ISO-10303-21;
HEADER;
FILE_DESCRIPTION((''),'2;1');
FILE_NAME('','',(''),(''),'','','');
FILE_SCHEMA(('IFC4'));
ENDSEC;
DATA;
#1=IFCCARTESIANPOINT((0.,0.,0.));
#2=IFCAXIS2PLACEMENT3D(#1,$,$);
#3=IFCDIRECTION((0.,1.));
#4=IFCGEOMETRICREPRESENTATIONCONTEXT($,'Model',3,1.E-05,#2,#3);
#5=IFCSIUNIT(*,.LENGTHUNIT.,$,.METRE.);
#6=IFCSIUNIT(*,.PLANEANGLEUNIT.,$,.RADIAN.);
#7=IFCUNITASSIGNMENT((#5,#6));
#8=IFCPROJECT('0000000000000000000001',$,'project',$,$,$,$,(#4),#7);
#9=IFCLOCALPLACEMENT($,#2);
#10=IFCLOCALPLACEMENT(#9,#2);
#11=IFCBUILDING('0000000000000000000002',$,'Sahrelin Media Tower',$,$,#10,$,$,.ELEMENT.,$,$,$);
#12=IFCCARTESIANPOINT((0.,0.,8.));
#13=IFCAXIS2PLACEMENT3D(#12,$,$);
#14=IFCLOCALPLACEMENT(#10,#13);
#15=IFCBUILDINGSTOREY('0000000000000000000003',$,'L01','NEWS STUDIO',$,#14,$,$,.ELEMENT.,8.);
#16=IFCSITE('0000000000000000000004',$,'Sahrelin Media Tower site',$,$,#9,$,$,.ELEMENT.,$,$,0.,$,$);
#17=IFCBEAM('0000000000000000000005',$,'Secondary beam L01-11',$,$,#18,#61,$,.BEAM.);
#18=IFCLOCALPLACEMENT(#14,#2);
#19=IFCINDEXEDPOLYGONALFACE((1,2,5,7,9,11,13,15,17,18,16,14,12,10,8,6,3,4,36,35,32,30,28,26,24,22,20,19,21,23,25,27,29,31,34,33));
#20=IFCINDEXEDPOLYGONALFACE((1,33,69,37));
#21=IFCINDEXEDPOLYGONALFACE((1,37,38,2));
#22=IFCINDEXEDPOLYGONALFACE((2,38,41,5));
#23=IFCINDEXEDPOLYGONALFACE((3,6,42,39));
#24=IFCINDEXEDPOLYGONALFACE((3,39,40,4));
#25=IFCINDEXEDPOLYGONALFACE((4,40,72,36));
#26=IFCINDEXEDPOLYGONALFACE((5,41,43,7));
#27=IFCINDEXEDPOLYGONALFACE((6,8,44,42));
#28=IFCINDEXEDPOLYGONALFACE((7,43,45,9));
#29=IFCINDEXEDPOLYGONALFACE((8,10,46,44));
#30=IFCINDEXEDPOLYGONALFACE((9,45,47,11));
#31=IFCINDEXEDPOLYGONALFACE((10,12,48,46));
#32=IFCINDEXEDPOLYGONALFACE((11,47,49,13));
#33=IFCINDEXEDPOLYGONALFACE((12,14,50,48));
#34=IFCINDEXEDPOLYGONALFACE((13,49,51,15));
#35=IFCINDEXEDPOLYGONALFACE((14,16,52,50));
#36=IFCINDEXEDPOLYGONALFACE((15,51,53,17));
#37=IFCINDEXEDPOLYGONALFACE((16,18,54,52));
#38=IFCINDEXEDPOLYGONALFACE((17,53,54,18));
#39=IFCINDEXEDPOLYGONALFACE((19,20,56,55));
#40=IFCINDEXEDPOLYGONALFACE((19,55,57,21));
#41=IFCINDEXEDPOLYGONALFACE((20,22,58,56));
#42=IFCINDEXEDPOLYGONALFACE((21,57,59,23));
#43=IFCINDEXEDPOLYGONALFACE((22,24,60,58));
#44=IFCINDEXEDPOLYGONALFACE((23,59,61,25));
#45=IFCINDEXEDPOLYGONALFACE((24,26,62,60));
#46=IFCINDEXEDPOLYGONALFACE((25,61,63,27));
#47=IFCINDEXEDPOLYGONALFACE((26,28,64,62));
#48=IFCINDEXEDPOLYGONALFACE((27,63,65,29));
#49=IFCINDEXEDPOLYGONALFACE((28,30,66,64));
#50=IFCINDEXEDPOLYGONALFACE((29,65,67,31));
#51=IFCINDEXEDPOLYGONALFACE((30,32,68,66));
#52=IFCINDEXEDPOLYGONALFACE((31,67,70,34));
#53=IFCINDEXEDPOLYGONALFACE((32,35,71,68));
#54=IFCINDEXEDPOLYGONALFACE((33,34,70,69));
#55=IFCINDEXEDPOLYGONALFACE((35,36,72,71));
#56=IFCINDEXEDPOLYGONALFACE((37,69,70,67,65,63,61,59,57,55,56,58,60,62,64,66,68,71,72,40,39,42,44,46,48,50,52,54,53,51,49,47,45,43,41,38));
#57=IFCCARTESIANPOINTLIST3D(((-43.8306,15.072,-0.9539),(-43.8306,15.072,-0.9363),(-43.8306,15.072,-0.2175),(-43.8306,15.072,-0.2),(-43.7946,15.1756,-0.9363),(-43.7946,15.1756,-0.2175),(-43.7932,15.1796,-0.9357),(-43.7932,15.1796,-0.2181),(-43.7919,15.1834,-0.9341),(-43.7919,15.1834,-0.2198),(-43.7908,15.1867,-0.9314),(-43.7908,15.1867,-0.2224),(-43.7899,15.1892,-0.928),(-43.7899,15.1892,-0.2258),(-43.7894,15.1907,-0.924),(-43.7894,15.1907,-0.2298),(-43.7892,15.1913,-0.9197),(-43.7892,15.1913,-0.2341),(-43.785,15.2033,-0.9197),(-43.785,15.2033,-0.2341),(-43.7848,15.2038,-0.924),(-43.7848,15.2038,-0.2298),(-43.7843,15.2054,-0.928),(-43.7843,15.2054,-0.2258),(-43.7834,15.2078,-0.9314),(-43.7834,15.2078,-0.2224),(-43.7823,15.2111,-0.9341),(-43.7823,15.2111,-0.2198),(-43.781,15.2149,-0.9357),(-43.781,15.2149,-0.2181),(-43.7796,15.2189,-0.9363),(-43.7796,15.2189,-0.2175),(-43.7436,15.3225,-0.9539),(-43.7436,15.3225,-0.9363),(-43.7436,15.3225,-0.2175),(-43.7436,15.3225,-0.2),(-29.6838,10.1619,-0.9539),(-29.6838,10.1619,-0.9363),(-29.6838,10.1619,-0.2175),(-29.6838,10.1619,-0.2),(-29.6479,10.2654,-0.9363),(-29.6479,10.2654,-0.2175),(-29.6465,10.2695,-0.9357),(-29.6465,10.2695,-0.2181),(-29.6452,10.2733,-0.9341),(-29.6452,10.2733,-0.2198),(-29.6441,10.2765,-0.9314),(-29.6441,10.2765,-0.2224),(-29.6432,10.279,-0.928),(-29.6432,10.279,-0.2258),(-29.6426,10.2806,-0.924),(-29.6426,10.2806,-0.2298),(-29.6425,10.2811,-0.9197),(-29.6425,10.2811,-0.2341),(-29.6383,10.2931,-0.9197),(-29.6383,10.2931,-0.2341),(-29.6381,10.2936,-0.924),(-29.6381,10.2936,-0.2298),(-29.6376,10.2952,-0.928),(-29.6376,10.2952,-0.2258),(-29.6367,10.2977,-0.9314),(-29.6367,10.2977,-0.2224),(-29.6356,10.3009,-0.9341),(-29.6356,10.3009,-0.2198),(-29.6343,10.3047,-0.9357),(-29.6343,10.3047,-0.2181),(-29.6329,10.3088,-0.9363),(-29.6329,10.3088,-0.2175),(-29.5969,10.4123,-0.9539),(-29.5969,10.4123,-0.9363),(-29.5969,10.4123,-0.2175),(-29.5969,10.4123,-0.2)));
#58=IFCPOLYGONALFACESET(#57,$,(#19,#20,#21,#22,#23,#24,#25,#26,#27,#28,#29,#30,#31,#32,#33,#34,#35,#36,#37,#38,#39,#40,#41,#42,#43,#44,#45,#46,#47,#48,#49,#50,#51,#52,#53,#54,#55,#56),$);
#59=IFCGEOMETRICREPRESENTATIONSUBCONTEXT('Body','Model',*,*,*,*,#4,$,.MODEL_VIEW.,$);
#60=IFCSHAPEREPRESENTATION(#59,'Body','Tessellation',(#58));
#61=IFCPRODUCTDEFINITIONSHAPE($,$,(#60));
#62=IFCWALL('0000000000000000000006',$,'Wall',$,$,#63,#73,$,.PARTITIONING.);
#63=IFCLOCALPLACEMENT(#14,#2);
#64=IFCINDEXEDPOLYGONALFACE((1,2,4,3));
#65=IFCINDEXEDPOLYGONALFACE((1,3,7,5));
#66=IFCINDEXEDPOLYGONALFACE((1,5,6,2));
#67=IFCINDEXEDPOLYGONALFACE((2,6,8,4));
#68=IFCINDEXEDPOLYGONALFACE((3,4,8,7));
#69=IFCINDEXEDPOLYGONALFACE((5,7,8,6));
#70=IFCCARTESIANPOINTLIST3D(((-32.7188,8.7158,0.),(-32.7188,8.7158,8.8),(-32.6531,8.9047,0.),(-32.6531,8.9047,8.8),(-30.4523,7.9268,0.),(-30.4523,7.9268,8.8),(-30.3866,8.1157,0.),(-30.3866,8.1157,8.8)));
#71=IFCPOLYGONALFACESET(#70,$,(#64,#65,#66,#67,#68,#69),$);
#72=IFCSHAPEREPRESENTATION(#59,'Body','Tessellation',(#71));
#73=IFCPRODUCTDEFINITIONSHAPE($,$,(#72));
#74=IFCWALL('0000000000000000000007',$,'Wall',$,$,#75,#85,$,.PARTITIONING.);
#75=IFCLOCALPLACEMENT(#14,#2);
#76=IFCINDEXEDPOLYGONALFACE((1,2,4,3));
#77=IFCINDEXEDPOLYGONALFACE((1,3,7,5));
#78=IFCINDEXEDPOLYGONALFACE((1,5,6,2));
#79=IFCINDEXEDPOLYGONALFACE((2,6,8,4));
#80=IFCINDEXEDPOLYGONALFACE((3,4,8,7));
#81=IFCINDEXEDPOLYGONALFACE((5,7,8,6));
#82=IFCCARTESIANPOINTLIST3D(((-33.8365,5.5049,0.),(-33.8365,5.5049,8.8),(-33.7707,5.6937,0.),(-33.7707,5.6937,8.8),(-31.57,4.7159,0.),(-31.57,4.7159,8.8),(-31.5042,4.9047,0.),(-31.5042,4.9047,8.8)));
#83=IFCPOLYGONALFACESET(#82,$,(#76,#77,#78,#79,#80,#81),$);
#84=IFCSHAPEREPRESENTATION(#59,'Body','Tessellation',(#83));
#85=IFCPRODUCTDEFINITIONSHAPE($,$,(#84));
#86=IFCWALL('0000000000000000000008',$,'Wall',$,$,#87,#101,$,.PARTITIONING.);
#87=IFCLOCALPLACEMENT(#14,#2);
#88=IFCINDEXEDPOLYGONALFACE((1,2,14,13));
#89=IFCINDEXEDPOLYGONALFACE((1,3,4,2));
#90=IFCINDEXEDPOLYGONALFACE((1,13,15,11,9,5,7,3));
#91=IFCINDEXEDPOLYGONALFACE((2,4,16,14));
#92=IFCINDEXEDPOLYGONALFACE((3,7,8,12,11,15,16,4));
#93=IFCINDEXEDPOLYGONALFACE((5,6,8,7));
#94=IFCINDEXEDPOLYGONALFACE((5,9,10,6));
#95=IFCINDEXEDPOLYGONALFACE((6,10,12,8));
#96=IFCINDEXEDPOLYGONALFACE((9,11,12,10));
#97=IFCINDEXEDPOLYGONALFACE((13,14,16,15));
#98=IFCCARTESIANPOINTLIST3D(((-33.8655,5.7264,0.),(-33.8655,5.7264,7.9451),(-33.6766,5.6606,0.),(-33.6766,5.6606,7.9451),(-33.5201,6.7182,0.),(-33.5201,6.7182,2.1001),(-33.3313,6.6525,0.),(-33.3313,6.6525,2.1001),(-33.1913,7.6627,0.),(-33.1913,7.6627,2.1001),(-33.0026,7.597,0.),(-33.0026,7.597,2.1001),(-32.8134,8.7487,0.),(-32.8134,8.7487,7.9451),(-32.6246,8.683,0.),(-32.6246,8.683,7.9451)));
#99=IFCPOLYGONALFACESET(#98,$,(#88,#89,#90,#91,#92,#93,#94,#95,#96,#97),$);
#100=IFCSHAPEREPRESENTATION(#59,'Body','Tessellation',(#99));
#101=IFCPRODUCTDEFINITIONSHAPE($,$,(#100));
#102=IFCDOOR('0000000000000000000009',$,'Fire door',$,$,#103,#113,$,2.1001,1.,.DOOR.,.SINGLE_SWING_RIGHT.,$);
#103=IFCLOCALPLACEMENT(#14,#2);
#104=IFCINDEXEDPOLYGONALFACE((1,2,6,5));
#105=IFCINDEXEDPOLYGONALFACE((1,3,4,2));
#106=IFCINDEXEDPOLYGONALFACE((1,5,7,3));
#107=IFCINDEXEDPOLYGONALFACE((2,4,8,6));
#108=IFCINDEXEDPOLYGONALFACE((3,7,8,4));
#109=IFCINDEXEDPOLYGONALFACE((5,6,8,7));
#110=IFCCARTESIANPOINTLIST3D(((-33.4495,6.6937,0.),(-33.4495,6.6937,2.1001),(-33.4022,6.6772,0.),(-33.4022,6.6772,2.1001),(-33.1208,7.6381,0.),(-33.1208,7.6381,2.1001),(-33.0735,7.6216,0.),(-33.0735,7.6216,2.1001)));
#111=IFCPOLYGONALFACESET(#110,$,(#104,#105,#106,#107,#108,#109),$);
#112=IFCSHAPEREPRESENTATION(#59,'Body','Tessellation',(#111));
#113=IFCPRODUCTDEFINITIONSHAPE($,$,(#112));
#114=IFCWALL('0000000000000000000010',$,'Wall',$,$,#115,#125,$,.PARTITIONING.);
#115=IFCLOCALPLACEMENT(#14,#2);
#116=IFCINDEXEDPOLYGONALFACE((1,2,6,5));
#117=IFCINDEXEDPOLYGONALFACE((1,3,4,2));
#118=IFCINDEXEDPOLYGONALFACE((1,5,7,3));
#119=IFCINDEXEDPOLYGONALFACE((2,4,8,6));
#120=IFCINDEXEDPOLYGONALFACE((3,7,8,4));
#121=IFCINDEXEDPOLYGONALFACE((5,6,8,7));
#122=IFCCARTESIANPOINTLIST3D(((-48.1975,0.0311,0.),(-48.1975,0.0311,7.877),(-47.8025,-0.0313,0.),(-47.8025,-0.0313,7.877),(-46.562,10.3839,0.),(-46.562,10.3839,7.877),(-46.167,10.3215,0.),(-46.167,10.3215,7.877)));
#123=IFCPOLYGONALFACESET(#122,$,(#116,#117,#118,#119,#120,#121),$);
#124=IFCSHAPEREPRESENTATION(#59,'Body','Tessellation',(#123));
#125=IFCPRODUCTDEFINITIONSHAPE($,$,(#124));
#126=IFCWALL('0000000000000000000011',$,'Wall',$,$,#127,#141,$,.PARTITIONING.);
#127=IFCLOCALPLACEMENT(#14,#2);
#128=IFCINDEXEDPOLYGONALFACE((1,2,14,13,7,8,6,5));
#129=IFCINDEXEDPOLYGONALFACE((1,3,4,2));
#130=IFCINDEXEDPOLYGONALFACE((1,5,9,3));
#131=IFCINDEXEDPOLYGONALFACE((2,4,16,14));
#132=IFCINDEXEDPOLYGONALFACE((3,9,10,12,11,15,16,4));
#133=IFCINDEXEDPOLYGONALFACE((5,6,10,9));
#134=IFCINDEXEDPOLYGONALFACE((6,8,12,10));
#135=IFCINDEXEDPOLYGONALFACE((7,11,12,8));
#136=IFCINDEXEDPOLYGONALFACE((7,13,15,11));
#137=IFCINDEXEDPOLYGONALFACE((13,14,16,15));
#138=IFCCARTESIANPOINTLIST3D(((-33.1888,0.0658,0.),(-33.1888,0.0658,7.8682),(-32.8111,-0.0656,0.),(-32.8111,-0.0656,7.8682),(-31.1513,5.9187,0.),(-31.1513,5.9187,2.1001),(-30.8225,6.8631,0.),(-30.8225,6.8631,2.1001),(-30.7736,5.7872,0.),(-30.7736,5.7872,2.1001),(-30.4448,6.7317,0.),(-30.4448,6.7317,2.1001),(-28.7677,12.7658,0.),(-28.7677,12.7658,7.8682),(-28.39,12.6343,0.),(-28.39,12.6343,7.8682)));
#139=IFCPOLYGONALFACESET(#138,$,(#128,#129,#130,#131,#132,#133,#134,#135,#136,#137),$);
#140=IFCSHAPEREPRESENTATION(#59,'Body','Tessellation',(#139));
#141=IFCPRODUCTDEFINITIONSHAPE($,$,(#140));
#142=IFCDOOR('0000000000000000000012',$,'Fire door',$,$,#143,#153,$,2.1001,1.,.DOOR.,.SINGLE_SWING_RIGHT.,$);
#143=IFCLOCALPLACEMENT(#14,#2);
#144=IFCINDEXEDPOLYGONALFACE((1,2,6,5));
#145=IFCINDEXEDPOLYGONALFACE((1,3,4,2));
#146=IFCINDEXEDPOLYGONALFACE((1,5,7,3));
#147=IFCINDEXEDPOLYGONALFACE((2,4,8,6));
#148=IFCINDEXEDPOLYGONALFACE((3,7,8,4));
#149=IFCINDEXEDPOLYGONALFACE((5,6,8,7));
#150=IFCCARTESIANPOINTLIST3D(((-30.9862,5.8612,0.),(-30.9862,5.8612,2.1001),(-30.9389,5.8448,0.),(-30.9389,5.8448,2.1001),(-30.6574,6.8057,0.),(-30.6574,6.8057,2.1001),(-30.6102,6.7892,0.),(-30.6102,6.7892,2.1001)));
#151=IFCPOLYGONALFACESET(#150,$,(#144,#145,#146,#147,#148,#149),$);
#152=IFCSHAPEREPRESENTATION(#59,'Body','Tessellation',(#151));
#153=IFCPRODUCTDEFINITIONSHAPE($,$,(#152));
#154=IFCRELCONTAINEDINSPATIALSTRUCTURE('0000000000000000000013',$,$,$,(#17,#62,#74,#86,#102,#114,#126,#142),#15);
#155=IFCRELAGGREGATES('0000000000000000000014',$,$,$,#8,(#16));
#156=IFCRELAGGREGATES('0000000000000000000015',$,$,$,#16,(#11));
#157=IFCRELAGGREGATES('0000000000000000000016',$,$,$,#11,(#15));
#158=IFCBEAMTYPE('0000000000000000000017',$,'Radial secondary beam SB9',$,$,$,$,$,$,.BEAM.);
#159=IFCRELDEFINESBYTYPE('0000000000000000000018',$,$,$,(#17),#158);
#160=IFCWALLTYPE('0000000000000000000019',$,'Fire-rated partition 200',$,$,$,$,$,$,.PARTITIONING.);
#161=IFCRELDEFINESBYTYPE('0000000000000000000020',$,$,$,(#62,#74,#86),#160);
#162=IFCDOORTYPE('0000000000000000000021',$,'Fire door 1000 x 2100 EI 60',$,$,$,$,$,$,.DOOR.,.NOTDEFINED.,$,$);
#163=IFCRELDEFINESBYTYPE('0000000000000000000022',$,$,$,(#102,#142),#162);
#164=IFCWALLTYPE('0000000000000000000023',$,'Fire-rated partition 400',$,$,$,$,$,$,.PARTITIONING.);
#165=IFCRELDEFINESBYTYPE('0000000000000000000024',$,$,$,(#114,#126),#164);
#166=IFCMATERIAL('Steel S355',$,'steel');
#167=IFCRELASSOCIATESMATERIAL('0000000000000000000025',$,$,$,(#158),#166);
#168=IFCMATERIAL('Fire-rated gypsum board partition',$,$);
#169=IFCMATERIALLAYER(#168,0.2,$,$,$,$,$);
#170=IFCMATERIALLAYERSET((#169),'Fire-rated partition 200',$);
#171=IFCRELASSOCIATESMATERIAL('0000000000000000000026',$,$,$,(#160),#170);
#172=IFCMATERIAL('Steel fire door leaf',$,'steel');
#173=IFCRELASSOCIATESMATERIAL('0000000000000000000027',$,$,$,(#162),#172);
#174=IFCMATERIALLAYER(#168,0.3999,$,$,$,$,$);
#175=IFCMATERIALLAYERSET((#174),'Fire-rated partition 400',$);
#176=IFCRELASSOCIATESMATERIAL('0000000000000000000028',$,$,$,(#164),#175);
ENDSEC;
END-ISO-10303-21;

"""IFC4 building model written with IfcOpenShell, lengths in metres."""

from ifc_helpers import new_model, si_unit, direction, frame, frame_2d, origin, origin_2d, place, context, subcontext, project, spatial, rectangle, i_section, extrude, material, layer, layer_set, material_profile, profile_set, type_object, element, fill, save


model = new_model("IFC4")

# Units and contexts
model_context = context("Model", 3, precision=1e-05, world=origin(), true_north=direction((0.0, 1.0)))
body_context = subcontext(model_context, "Body", "Model", "MODEL_VIEW")
ifc_project = project(units=[si_unit("LENGTHUNIT", "METRE"), si_unit("PLANEANGLEUNIT", "RADIAN")], contexts=[model_context])

# Site, building, storey
site_placement = place(None, origin())
site = spatial("IfcSite", under=ifc_project, at=site_placement, Name="Sahrelin Media Tower site", CompositionType="ELEMENT", RefElevation=0.0)
building_placement = place(site_placement, origin())
building = spatial("IfcBuilding", under=site, at=building_placement, Name="Sahrelin Media Tower", CompositionType="ELEMENT")
storey_placement = place(building_placement, frame((0.0, 0.0, 8.0)))
storey = spatial("IfcBuildingStorey", under=building, at=storey_placement, Name="L01", Description="NEWS STUDIO", CompositionType="ELEMENT", Elevation=8.0)

# Beam
ifc_material_1 = material(Name="Steel S355", Category="steel")
ifc_material_profile_1 = material_profile(ifc_material_1, i_section(OverallWidth=0.2651, OverallDepth=0.7539, WebThickness=0.0127, FlangeThickness=0.0176, FilletRadius=0.0166, at=origin_2d()), Name="UB 762x267x147")
ifc_profile_set_1 = profile_set([ifc_material_profile_1], Name="Steel S355")
beam_type_1 = type_object("IfcBeamType", Name="Radial secondary beam SB9", PredefinedType="BEAM", material=ifc_profile_set_1)
beam_1_placement = place(storey_placement, frame((-29.6404, 10.2871, -0.5769), z_axis=(-0.944713, 0.327898, 0.0), x_axis=(-0.327898, -0.944713, 0.0)))
element("IfcBeam", 1, at=beam_1_placement, inside=storey, type_object=beam_type_1, Name="Secondary beam L01-11", PredefinedType="BEAM", context=body_context, shape_type="SweptSolid", body=[
    extrude(i_section(OverallWidth=0.2651, OverallDepth=0.7539, WebThickness=0.0127, FlangeThickness=0.0176, FilletRadius=0.0166, at=origin_2d()), origin(), (0.0, 0.0, 1.0), 14.9746),
])

# Walls
ifc_material_2 = material(Name="Fire-rated gypsum board partition")
ifc_layer_1 = layer(ifc_material_2, 0.2)
ifc_layer_set_1 = layer_set([ifc_layer_1], Name="Fire-rated partition 200")
wall_type_1 = type_object("IfcWallType", Name="Fire-rated partition 200", PredefinedType="PARTITIONING", material=ifc_layer_set_1)
for number, where, z_axis, x_axis, name in (
    (2, (-30.4194, 8.0212, 0.0), (0.0, 0.0, 1.0), (-0.944409, 0.328773, 0.0), "Wall"),
    (3, (-31.5371, 4.8103, 0.0), (0.0, 0.0, 1.0), (-0.944409, 0.328773, 0.0), "Wall"),
):
    element("IfcWall", number, at=place(storey_placement, frame(where, z_axis=z_axis, x_axis=x_axis)), inside=storey, type_object=wall_type_1, Name=name, PredefinedType="PARTITIONING", context=body_context, shape_type="SweptSolid", body=[
        extrude(rectangle(XDim=2.3999, YDim=0.2, at=frame_2d((1.2, 0.0))), origin(), (0.0, 0.0, 1.0), 8.8),
    ])

# Wall, opening, door
wall_1_placement = place(storey_placement, frame((-32.719, 8.7158, 0.0), z_axis=(0.0, 0.0, 1.0), x_axis=(-0.328743, -0.94442, 0.0)))
wall_1 = element("IfcWall", 4, at=wall_1_placement, inside=storey, type_object=wall_type_1, Name="Wall", PredefinedType="PARTITIONING", context=body_context, shape_type="SweptSolid", body=[
    extrude(rectangle(XDim=3.2002, YDim=0.2, at=frame_2d((1.6001, 0.0))), origin(), (0.0, 0.0, 1.0), 7.9451),
])
opening_1_placement = place(wall_1_placement, frame((1.1499, 0.0, 0.0)))
opening_1 = element("IfcOpeningElement", 5, at=opening_1_placement, cuts=wall_1, PredefinedType="OPENING", context=body_context, shape_type="SweptSolid", body=[
    extrude(rectangle(XDim=1.0, YDim=2.1001, at=frame_2d((0.5, 1.05))), frame((0.0, 0.1001, 0.0), z_axis=(0.0, -1.0, 0.0), x_axis=(1.0, 0.0, 0.0)), (0.0, 0.0, 1.0), 0.2),
])
ifc_material_3 = material(Name="Steel fire door leaf", Category="steel")
door_type_1 = type_object("IfcDoorType", Name="Fire door 1000 x 2100 EI 60", OperationType="NOTDEFINED", PredefinedType="DOOR", material=ifc_material_3)
door_1_placement = place(opening_1_placement, origin())
door_1 = element("IfcDoor", 6, at=door_1_placement, inside=storey, type_object=door_type_1, Name="Fire door", OperationType="SINGLE_SWING_RIGHT", OverallHeight=2.1001, OverallWidth=1.0, PredefinedType="DOOR", context=body_context, shape_type="SweptSolid", body=[
    extrude(rectangle(XDim=1.0, YDim=2.1001, at=frame_2d((0.5, 1.05))), frame((0.0, 0.0249, 0.0), z_axis=(0.0, -1.0, 0.0), x_axis=(1.0, 0.0, 0.0)), (0.0, 0.0, 1.0), 0.05),
])
fill(opening_1, door_1)

# Wall
ifc_layer_2 = layer(ifc_material_2, 0.3999)
ifc_layer_set_2 = layer_set([ifc_layer_2], Name="Fire-rated partition 400")
wall_type_2 = type_object("IfcWallType", Name="Fire-rated partition 400", PredefinedType="PARTITIONING", material=ifc_layer_set_2)
wall_2_placement = place(storey_placement, frame((-46.3645, 10.3528, 0.0), z_axis=(0.0, 0.0, 1.0), x_axis=(-0.156042, -0.98775, 0.0)))
element("IfcWall", 7, at=wall_2_placement, inside=storey, type_object=wall_type_2, Name="Wall", PredefinedType="PARTITIONING", context=body_context, shape_type="SweptSolid", body=[
    extrude(rectangle(XDim=10.4812, YDim=0.3999, at=frame_2d((5.2407, 0.0))), origin(), (0.0, 0.0, 1.0), 7.877),
])

# Wall, opening, door
wall_3_placement = place(storey_placement, frame((-28.5789, 12.7, 0.0), z_axis=(0.0, 0.0, 1.0), x_axis=(-0.328771, -0.94441, 0.0)))
wall_3 = element("IfcWall", 8, at=wall_3_placement, inside=storey, type_object=wall_type_2, Name="Wall", PredefinedType="PARTITIONING", context=body_context, shape_type="SweptSolid", body=[
    extrude(rectangle(XDim=13.4475, YDim=0.3999, at=frame_2d((6.7236, 0.0))), origin(), (0.0, 0.0, 1.0), 7.8682),
])
opening_2_placement = place(wall_3_placement, frame((6.25, 0.0, 0.0)))
opening_2 = element("IfcOpeningElement", 9, at=opening_2_placement, cuts=wall_3, PredefinedType="OPENING", context=body_context, shape_type="SweptSolid", body=[
    extrude(rectangle(XDim=1.0, YDim=2.1001, at=frame_2d((0.5, 1.05))), frame((0.0, 0.2, 0.0), z_axis=(0.0, -1.0, 0.0), x_axis=(1.0, 0.0, 0.0)), (0.0, 0.0, 1.0), 0.3999),
])
door_2_placement = place(opening_2_placement, origin())
door_2 = element("IfcDoor", 10, at=door_2_placement, inside=storey, type_object=door_type_1, Name="Fire door", OperationType="SINGLE_SWING_RIGHT", OverallHeight=2.1001, OverallWidth=1.0, PredefinedType="DOOR", context=body_context, shape_type="SweptSolid", body=[
    extrude(rectangle(XDim=1.0, YDim=2.1001, at=frame_2d((0.5, 1.05))), frame((0.0, 0.0249, 0.0), z_axis=(0.0, -1.0, 0.0), x_axis=(1.0, 0.0, 0.0)), (0.0, 0.0, 1.0), 0.05),
])
fill(opening_2, door_2)

save(model, "model.ifc")
